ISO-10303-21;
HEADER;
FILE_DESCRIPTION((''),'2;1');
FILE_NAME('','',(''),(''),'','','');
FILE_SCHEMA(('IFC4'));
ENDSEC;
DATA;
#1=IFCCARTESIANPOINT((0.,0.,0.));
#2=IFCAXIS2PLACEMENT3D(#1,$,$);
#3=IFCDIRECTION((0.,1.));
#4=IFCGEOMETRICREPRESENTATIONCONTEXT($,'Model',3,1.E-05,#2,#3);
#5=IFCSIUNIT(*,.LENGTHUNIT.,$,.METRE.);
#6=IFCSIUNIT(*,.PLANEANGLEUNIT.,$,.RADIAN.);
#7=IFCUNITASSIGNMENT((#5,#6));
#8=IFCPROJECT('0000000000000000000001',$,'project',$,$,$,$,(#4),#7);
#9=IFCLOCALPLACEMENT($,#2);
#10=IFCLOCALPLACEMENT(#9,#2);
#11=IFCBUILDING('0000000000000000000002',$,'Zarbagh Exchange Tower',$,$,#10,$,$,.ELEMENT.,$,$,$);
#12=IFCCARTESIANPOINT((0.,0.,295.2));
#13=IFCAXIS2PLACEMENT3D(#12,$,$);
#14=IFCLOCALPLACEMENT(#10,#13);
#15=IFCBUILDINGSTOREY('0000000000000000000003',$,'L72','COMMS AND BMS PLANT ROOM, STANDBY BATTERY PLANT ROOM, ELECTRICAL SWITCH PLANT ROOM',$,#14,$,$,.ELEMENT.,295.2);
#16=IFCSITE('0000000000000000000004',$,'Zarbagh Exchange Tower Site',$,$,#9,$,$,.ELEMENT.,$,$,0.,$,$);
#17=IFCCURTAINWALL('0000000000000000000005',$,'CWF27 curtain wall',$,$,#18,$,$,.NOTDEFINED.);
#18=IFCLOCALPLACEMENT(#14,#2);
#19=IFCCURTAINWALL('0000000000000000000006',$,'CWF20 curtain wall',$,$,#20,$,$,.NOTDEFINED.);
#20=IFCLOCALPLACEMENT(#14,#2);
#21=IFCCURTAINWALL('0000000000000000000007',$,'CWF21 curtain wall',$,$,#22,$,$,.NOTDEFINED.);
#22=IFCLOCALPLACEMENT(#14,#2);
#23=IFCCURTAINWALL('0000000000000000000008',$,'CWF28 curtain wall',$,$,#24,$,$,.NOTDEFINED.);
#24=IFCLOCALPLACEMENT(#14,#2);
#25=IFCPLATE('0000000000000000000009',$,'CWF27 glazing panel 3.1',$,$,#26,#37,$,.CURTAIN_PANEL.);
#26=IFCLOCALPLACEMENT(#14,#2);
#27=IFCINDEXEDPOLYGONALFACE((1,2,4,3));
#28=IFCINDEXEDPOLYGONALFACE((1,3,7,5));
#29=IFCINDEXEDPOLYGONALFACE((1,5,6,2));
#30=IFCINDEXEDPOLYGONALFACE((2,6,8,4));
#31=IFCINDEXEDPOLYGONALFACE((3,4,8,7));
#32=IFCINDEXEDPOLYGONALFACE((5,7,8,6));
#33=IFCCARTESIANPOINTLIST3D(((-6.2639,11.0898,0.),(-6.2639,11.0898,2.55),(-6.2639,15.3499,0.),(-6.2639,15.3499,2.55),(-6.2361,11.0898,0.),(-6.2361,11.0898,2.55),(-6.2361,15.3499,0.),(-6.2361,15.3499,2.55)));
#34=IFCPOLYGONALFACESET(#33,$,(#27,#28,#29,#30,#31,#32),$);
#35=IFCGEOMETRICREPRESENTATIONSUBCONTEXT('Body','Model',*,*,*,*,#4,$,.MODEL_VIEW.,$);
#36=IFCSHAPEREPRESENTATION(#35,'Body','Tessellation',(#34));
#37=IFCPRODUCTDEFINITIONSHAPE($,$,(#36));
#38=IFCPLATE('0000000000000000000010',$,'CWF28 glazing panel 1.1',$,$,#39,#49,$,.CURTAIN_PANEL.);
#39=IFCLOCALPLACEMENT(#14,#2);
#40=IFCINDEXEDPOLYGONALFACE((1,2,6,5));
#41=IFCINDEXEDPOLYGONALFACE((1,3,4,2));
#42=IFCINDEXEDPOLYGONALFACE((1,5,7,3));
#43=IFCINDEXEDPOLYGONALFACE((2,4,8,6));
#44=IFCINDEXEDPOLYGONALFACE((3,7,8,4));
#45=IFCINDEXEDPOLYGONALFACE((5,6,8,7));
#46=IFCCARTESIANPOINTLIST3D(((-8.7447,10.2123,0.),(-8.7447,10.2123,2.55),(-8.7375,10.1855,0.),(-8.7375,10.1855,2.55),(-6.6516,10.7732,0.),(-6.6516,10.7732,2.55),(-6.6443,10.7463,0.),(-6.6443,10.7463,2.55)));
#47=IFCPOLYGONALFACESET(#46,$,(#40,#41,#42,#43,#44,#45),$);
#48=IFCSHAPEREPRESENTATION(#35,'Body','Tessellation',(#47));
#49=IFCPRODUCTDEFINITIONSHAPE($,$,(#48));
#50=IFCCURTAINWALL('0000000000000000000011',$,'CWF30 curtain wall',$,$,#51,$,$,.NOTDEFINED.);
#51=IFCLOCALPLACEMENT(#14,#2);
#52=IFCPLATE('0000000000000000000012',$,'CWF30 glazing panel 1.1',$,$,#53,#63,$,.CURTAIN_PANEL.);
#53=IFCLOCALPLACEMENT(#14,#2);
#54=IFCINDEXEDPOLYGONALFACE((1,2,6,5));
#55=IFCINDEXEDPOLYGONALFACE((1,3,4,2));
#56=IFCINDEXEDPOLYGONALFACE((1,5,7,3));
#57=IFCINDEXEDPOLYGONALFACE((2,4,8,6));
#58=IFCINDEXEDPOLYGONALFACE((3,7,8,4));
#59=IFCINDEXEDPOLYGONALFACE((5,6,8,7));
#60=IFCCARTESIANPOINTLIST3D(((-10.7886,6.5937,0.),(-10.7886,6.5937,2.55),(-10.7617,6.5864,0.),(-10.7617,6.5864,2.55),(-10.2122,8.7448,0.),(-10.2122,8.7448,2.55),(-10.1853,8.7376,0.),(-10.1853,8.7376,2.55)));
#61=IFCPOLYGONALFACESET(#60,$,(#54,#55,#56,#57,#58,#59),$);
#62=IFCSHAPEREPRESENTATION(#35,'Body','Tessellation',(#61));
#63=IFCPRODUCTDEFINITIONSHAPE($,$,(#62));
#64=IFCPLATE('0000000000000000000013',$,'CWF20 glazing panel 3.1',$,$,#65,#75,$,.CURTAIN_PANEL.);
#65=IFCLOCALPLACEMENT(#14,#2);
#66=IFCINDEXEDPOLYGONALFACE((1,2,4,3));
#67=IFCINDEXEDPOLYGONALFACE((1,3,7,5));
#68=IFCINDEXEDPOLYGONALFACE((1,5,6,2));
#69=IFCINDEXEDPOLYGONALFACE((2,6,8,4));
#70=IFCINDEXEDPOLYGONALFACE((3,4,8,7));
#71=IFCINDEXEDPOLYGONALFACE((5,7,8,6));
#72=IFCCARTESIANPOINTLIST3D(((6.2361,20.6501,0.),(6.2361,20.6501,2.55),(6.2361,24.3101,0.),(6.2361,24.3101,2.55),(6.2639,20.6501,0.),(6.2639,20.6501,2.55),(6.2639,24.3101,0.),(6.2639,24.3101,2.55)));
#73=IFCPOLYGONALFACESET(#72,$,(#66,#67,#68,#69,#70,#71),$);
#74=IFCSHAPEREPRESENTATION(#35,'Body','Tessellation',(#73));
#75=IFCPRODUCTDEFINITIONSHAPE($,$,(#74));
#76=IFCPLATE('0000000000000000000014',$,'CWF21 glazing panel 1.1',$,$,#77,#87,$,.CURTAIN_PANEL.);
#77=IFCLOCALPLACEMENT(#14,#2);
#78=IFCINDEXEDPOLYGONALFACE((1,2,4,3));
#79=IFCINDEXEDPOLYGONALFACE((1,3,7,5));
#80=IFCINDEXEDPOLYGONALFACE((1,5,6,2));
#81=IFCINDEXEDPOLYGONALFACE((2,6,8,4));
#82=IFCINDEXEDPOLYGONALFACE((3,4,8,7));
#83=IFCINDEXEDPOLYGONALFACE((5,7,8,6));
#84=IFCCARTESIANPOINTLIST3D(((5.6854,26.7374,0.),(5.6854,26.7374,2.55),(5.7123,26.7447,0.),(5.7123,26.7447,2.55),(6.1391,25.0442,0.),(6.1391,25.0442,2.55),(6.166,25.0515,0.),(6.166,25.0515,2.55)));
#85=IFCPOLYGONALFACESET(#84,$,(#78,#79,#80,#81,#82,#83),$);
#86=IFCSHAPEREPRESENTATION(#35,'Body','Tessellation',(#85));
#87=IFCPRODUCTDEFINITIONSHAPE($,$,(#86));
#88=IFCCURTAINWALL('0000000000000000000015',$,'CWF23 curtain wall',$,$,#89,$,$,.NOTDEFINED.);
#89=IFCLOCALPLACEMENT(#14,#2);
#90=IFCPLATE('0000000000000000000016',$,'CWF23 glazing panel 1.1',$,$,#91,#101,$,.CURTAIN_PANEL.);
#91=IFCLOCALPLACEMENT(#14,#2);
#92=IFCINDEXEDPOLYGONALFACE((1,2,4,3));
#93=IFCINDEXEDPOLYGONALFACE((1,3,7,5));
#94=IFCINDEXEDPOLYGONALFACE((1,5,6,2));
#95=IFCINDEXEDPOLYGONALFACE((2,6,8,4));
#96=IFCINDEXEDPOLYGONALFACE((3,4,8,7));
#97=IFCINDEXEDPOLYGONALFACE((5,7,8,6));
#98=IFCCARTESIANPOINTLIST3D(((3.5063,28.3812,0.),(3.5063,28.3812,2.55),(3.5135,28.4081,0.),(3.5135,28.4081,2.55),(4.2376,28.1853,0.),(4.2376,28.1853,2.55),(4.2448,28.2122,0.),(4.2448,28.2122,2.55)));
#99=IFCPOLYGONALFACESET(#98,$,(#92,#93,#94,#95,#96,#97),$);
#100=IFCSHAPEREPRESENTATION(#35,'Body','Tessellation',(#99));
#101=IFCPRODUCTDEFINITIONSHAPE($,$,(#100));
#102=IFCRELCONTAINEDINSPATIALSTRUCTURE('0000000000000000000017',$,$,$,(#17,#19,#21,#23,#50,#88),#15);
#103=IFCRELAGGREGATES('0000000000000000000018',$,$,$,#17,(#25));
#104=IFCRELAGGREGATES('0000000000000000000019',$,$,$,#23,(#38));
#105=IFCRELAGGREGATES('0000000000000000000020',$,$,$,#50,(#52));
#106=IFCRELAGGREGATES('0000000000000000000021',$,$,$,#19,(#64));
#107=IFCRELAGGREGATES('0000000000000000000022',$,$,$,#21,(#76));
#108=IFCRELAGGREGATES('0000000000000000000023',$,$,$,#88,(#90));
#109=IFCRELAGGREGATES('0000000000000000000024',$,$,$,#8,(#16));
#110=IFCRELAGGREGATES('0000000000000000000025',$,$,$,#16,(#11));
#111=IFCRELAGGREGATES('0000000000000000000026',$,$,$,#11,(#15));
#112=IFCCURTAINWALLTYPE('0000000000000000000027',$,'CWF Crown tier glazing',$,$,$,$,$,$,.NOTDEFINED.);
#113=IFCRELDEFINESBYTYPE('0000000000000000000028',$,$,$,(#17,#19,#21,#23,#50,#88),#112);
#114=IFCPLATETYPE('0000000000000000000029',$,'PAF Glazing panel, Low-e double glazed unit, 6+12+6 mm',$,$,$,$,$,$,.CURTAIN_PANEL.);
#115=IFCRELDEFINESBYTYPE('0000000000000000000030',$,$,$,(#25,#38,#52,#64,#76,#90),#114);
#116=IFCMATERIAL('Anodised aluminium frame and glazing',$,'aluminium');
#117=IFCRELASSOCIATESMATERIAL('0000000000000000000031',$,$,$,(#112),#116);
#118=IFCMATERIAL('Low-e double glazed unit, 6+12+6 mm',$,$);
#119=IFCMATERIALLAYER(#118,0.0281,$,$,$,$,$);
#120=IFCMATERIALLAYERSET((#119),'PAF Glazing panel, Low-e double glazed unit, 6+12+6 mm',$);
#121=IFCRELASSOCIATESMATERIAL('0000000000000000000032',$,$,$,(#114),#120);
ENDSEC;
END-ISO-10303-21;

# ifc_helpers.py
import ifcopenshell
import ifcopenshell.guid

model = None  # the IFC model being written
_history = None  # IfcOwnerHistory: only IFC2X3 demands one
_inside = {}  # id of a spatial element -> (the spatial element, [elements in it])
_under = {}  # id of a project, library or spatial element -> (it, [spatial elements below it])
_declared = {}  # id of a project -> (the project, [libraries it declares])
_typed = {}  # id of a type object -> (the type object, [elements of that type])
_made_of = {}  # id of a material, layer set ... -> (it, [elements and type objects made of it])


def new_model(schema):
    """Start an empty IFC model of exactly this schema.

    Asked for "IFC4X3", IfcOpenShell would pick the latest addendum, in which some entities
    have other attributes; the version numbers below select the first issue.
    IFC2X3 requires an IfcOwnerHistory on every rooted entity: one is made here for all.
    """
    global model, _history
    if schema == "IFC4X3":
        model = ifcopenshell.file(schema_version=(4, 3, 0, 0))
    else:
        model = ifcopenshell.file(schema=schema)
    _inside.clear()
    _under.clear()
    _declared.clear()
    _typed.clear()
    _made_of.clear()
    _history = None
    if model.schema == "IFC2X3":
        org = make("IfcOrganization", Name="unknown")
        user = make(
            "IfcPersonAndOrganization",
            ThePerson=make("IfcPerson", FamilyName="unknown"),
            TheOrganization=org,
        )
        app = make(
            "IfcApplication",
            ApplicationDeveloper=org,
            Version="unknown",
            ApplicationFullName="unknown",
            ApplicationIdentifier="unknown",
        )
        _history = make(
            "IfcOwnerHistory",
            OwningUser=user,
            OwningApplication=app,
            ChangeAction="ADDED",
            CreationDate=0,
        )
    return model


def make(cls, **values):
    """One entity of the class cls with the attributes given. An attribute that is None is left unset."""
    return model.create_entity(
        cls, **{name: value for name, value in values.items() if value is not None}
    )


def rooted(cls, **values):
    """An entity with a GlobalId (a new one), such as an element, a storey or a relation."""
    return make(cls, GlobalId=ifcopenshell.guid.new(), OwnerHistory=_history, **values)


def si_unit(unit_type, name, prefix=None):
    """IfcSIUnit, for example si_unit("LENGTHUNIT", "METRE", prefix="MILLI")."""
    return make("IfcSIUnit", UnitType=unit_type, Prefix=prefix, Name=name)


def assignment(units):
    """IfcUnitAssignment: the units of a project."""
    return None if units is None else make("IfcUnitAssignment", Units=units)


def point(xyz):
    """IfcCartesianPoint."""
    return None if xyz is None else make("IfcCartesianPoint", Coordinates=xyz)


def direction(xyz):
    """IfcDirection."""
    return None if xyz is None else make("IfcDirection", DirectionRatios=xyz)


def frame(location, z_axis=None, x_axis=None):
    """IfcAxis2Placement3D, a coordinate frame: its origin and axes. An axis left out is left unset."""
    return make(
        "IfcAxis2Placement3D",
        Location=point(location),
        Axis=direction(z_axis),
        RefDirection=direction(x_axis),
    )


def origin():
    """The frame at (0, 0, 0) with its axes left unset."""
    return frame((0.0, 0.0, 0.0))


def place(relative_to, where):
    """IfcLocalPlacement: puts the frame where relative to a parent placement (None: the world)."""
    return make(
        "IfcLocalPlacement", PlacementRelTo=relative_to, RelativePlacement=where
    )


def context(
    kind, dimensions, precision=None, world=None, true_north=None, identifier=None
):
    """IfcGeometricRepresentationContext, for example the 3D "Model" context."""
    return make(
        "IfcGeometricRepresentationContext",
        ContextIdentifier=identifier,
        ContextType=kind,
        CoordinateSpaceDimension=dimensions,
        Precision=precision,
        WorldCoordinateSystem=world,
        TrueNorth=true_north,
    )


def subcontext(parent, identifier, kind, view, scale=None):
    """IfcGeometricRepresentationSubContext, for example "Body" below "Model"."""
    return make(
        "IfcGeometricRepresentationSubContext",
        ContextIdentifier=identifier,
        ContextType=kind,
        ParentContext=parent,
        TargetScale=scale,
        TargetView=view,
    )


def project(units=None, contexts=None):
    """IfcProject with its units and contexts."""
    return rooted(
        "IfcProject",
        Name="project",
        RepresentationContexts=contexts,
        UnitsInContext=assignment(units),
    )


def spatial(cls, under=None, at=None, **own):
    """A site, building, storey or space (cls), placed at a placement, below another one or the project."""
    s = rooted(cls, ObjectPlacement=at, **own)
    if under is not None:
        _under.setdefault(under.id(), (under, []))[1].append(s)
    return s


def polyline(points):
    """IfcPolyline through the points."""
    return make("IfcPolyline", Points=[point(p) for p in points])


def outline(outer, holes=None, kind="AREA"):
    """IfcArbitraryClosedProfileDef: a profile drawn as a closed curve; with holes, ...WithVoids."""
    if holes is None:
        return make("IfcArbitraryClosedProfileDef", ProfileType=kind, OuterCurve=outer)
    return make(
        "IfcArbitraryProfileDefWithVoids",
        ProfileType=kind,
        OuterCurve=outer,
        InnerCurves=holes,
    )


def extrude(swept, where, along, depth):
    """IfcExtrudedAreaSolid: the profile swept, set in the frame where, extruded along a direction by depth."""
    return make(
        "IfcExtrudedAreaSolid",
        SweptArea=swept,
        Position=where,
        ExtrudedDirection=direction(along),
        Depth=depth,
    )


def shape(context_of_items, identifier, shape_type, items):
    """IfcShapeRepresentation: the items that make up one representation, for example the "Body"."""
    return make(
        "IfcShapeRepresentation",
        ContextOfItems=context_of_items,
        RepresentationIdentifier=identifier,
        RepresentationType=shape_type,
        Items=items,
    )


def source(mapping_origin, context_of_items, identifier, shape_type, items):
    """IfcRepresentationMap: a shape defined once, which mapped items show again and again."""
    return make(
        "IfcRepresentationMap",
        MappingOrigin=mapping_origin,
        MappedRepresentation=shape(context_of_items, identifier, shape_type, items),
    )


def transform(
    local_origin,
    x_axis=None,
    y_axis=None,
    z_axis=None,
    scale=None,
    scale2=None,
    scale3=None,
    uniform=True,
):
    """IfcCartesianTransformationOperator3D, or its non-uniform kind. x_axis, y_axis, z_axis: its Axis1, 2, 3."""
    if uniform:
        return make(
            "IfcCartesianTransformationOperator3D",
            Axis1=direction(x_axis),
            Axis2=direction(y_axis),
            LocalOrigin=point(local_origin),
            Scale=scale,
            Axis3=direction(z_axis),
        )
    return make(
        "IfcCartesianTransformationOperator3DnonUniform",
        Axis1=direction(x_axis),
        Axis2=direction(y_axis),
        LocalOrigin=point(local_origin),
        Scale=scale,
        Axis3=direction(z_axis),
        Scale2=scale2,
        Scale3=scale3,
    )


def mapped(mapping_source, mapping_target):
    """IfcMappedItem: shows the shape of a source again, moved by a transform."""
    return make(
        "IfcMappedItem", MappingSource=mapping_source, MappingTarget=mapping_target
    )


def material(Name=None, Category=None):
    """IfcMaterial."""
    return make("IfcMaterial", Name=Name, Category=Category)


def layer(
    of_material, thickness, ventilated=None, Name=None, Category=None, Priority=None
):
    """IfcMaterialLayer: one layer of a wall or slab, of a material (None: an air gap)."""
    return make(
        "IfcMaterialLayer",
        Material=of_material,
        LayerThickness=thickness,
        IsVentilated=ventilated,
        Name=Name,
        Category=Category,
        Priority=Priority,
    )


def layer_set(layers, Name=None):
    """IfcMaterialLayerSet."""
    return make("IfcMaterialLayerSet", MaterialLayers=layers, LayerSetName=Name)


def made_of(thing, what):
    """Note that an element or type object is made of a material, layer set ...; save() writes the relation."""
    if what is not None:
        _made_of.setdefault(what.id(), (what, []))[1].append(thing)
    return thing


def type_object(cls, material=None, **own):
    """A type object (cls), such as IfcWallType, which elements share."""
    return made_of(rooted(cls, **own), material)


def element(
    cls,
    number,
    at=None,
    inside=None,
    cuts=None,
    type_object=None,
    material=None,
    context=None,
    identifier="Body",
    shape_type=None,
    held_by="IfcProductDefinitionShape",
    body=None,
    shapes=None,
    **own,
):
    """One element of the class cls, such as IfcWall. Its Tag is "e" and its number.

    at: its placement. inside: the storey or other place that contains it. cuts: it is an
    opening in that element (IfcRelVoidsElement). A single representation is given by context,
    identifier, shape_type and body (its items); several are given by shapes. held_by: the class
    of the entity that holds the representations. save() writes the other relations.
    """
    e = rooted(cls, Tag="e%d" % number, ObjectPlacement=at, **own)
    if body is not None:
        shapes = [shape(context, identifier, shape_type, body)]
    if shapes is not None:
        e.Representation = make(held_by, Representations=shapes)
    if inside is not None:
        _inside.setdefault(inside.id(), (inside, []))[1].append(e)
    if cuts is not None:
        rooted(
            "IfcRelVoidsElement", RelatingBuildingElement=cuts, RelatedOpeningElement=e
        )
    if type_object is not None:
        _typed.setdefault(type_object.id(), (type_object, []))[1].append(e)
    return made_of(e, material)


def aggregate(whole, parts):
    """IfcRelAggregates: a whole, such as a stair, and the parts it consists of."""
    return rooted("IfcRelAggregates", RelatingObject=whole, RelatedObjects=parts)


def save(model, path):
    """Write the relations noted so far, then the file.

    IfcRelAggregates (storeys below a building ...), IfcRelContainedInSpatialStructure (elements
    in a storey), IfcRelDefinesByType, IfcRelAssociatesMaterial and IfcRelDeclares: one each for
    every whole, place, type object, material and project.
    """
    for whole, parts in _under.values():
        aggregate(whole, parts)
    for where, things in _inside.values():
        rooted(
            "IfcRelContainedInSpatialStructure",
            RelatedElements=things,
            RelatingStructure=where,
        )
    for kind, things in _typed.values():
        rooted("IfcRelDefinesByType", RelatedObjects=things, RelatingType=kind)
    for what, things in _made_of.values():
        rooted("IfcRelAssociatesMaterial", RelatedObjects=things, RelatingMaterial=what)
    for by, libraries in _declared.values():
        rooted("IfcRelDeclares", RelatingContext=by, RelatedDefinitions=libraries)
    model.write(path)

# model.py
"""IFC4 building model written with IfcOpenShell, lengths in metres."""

from ifc_helpers import new_model, si_unit, direction, frame, origin, place, context, subcontext, project, spatial, polyline, outline, extrude, source, transform, mapped, material, layer, layer_set, type_object, element, aggregate, save


model = new_model("IFC4")

# Units and contexts
model_context = context("Model", 3, precision=1e-05, world=origin(), true_north=direction((0.0, 1.0)))
body_context = subcontext(model_context, "Body", "Model", "MODEL_VIEW")
ifc_project = project(units=[si_unit("LENGTHUNIT", "METRE"), si_unit("PLANEANGLEUNIT", "RADIAN")], contexts=[model_context])

# Site, building, storey
site_placement = place(None, origin())
site = spatial("IfcSite", under=ifc_project, at=site_placement, Name="Zarbagh Exchange Tower Site", CompositionType="ELEMENT", RefElevation=0.0)
building_placement = place(site_placement, origin())
building = spatial("IfcBuilding", under=site, at=building_placement, Name="Zarbagh Exchange Tower", CompositionType="ELEMENT")
storey_placement = place(building_placement, frame((0.0, 0.0, 295.2)))
storey = spatial("IfcBuildingStorey", under=building, at=storey_placement, Name="L72", Description="COMMS AND BMS PLANT ROOM, STANDBY BATTERY PLANT ROOM, ELECTRICAL SWITCH PLANT ROOM", CompositionType="ELEMENT", Elevation=295.2)

# Curtain walls
ifc_material_1 = material(Name="Anodised aluminium frame and glazing", Category="aluminium")
curtain_wall_type = type_object("IfcCurtainWallType", Name="CWF Crown tier glazing", PredefinedType="NOTDEFINED", material=ifc_material_1)
curtain_wall_1_placement = place(storey_placement, origin())
curtain_wall_1 = element("IfcCurtainWall", 1, at=curtain_wall_1_placement, inside=storey, type_object=curtain_wall_type, Name="CWF27 curtain wall", PredefinedType="NOTDEFINED")
placement = place(storey_placement, origin())
curtain_wall_2_placement = place(storey_placement, origin())
curtain_wall_2 = element("IfcCurtainWall", 2, at=curtain_wall_2_placement, inside=storey, type_object=curtain_wall_type, Name="CWF20 curtain wall", PredefinedType="NOTDEFINED")
curtain_wall_3_placement = place(storey_placement, origin())
curtain_wall_3 = element("IfcCurtainWall", 3, at=curtain_wall_3_placement, inside=storey, type_object=curtain_wall_type, Name="CWF21 curtain wall", PredefinedType="NOTDEFINED")

# Curtain wall
curtain_wall_4_placement = place(storey_placement, origin())
curtain_wall_4 = element("IfcCurtainWall", 4, at=curtain_wall_4_placement, inside=storey, type_object=curtain_wall_type, Name="CWF28 curtain wall", PredefinedType="NOTDEFINED")

# Shared definitions
ifc_material_2 = material(Name="Low-e double glazed unit, 6+12+6 mm")
ifc_layer = layer(ifc_material_2, 0.0281)
ifc_layer_set = layer_set([ifc_layer], Name="PAF Glazing panel, Low-e double glazed unit, 6+12+6 mm")
plate_type = type_object("IfcPlateType", Name="PAF Glazing panel, Low-e double glazed unit, 6+12+6 mm", PredefinedType="CURTAIN_PANEL", material=ifc_layer_set)

# Plates
shared_shape_1 = source(origin(), body_context, "Body", "SweptSolid", [
    extrude(outline(polyline([(0.0, -0.0139), (4.26, -0.0139), (4.26, 0.0139), (0.0, 0.0139), (0.0, -0.0139)])), origin(), (0.0, 0.0, 1.0), 2.55),
])
plate_1 = element("IfcPlate", 5, at=placement, type_object=plate_type, Name="CWF27 glazing panel 3.1", PredefinedType="CURTAIN_PANEL", context=body_context, shape_type="MappedRepresentation", body=[
    mapped(shared_shape_1, transform((-6.25, 15.3499, 0.0), x_axis=(0.0, -1.0, 0.0), y_axis=(1.0, 0.0, 0.0), z_axis=(0.0, 0.0, 1.0))),
])
aggregate(curtain_wall_1, [plate_1])
shared_shape_2 = source(origin(), body_context, "Body", "SweptSolid", [
    extrude(outline(polyline([(0.0, -0.0139), (2.167, -0.0139), (2.167, 0.0139), (0.0, 0.0139), (0.0, -0.0139)])), origin(), (0.0, 0.0, 1.0), 2.55),
])
plate_2 = element("IfcPlate", 6, at=placement, type_object=plate_type, Name="CWF28 glazing panel 1.1", PredefinedType="CURTAIN_PANEL", context=body_context, shape_type="MappedRepresentation", body=[
    mapped(shared_shape_2, transform((-6.6479, 10.7598, 0.0), x_axis=(-0.965924, -0.258825, 0.0), y_axis=(0.258825, -0.965924, 0.0), z_axis=(0.0, 0.0, 1.0))),
])
aggregate(curtain_wall_4, [plate_2])

# Curtain wall, plate
curtain_wall_5_placement = place(storey_placement, origin())
curtain_wall_5 = element("IfcCurtainWall", 7, at=curtain_wall_5_placement, inside=storey, type_object=curtain_wall_type, Name="CWF30 curtain wall", PredefinedType="NOTDEFINED")
shared_shape_3 = source(origin(), body_context, "Body", "SweptSolid", [
    extrude(outline(polyline([(0.0, -0.0139), (2.2271, -0.0139), (2.2271, 0.0139), (0.0, 0.0139), (0.0, -0.0139)])), origin(), (0.0, 0.0, 1.0), 2.55),
])
plate_3 = element("IfcPlate", 8, at=placement, type_object=plate_type, Name="CWF30 glazing panel 1.1", PredefinedType="CURTAIN_PANEL", context=body_context, shape_type="MappedRepresentation", body=[
    mapped(shared_shape_3, transform((-10.1987, 8.7412, 0.0), x_axis=(-0.258825, -0.965924, 0.0), y_axis=(0.965924, -0.258825, 0.0), z_axis=(0.0, 0.0, 1.0))),
])
aggregate(curtain_wall_5, [plate_3])

# Plates
shared_shape_4 = source(origin(), body_context, "Body", "SweptSolid", [
    extrude(outline(polyline([(0.0, -0.0139), (3.6599, -0.0139), (3.6599, 0.0139), (0.0, 0.0139), (0.0, -0.0139)])), origin(), (0.0, 0.0, 1.0), 2.55),
])
plate_4 = element("IfcPlate", 9, at=placement, type_object=plate_type, Name="CWF20 glazing panel 3.1", PredefinedType="CURTAIN_PANEL", context=body_context, shape_type="MappedRepresentation", body=[
    mapped(shared_shape_4, transform((6.25, 20.6501, 0.0), x_axis=(0.0, 1.0, 0.0), y_axis=(-1.0, 0.0, 0.0), z_axis=(0.0, 0.0, 1.0))),
])
aggregate(curtain_wall_2, [plate_4])
shared_shape_5 = source(origin(), body_context, "Body", "SweptSolid", [
    extrude(outline(polyline([(0.0, -0.0139), (1.7529, -0.0139), (1.7529, 0.0139), (0.0, 0.0139), (0.0, -0.0139)])), origin(), (0.0, 0.0, 1.0), 2.55),
])
plate_5 = element("IfcPlate", 10, at=placement, type_object=plate_type, Name="CWF21 glazing panel 1.1", PredefinedType="CURTAIN_PANEL", context=body_context, shape_type="MappedRepresentation", body=[
    mapped(shared_shape_5, transform((6.1526, 25.0479, 0.0), x_axis=(-0.258825, 0.965924, 0.0), y_axis=(-0.965924, -0.258825, 0.0), z_axis=(0.0, 0.0, 1.0))),
])
aggregate(curtain_wall_3, [plate_5])

# Curtain wall, plate
curtain_wall_6_placement = place(storey_placement, origin())
curtain_wall_6 = element("IfcCurtainWall", 11, at=curtain_wall_6_placement, inside=storey, type_object=curtain_wall_type, Name="CWF23 curtain wall", PredefinedType="NOTDEFINED")
shared_shape_6 = source(origin(), body_context, "Body", "SweptSolid", [
    extrude(outline(polyline([(0.0, -0.0139), (0.7571, -0.0139), (0.7571, 0.0139), (0.0, 0.0139), (0.0, -0.0139)])), origin(), (0.0, 0.0, 1.0), 2.55),
])
plate_6 = element("IfcPlate", 12, at=placement, type_object=plate_type, Name="CWF23 glazing panel 1.1", PredefinedType="CURTAIN_PANEL", context=body_context, shape_type="MappedRepresentation", body=[
    mapped(shared_shape_6, transform((4.2412, 28.1987, 0.0), x_axis=(-0.965924, 0.258825, 0.0), y_axis=(-0.258825, -0.965924, 0.0), z_axis=(0.0, 0.0, 1.0))),
])
aggregate(curtain_wall_6, [plate_6])

save(model, "model.ifc")
